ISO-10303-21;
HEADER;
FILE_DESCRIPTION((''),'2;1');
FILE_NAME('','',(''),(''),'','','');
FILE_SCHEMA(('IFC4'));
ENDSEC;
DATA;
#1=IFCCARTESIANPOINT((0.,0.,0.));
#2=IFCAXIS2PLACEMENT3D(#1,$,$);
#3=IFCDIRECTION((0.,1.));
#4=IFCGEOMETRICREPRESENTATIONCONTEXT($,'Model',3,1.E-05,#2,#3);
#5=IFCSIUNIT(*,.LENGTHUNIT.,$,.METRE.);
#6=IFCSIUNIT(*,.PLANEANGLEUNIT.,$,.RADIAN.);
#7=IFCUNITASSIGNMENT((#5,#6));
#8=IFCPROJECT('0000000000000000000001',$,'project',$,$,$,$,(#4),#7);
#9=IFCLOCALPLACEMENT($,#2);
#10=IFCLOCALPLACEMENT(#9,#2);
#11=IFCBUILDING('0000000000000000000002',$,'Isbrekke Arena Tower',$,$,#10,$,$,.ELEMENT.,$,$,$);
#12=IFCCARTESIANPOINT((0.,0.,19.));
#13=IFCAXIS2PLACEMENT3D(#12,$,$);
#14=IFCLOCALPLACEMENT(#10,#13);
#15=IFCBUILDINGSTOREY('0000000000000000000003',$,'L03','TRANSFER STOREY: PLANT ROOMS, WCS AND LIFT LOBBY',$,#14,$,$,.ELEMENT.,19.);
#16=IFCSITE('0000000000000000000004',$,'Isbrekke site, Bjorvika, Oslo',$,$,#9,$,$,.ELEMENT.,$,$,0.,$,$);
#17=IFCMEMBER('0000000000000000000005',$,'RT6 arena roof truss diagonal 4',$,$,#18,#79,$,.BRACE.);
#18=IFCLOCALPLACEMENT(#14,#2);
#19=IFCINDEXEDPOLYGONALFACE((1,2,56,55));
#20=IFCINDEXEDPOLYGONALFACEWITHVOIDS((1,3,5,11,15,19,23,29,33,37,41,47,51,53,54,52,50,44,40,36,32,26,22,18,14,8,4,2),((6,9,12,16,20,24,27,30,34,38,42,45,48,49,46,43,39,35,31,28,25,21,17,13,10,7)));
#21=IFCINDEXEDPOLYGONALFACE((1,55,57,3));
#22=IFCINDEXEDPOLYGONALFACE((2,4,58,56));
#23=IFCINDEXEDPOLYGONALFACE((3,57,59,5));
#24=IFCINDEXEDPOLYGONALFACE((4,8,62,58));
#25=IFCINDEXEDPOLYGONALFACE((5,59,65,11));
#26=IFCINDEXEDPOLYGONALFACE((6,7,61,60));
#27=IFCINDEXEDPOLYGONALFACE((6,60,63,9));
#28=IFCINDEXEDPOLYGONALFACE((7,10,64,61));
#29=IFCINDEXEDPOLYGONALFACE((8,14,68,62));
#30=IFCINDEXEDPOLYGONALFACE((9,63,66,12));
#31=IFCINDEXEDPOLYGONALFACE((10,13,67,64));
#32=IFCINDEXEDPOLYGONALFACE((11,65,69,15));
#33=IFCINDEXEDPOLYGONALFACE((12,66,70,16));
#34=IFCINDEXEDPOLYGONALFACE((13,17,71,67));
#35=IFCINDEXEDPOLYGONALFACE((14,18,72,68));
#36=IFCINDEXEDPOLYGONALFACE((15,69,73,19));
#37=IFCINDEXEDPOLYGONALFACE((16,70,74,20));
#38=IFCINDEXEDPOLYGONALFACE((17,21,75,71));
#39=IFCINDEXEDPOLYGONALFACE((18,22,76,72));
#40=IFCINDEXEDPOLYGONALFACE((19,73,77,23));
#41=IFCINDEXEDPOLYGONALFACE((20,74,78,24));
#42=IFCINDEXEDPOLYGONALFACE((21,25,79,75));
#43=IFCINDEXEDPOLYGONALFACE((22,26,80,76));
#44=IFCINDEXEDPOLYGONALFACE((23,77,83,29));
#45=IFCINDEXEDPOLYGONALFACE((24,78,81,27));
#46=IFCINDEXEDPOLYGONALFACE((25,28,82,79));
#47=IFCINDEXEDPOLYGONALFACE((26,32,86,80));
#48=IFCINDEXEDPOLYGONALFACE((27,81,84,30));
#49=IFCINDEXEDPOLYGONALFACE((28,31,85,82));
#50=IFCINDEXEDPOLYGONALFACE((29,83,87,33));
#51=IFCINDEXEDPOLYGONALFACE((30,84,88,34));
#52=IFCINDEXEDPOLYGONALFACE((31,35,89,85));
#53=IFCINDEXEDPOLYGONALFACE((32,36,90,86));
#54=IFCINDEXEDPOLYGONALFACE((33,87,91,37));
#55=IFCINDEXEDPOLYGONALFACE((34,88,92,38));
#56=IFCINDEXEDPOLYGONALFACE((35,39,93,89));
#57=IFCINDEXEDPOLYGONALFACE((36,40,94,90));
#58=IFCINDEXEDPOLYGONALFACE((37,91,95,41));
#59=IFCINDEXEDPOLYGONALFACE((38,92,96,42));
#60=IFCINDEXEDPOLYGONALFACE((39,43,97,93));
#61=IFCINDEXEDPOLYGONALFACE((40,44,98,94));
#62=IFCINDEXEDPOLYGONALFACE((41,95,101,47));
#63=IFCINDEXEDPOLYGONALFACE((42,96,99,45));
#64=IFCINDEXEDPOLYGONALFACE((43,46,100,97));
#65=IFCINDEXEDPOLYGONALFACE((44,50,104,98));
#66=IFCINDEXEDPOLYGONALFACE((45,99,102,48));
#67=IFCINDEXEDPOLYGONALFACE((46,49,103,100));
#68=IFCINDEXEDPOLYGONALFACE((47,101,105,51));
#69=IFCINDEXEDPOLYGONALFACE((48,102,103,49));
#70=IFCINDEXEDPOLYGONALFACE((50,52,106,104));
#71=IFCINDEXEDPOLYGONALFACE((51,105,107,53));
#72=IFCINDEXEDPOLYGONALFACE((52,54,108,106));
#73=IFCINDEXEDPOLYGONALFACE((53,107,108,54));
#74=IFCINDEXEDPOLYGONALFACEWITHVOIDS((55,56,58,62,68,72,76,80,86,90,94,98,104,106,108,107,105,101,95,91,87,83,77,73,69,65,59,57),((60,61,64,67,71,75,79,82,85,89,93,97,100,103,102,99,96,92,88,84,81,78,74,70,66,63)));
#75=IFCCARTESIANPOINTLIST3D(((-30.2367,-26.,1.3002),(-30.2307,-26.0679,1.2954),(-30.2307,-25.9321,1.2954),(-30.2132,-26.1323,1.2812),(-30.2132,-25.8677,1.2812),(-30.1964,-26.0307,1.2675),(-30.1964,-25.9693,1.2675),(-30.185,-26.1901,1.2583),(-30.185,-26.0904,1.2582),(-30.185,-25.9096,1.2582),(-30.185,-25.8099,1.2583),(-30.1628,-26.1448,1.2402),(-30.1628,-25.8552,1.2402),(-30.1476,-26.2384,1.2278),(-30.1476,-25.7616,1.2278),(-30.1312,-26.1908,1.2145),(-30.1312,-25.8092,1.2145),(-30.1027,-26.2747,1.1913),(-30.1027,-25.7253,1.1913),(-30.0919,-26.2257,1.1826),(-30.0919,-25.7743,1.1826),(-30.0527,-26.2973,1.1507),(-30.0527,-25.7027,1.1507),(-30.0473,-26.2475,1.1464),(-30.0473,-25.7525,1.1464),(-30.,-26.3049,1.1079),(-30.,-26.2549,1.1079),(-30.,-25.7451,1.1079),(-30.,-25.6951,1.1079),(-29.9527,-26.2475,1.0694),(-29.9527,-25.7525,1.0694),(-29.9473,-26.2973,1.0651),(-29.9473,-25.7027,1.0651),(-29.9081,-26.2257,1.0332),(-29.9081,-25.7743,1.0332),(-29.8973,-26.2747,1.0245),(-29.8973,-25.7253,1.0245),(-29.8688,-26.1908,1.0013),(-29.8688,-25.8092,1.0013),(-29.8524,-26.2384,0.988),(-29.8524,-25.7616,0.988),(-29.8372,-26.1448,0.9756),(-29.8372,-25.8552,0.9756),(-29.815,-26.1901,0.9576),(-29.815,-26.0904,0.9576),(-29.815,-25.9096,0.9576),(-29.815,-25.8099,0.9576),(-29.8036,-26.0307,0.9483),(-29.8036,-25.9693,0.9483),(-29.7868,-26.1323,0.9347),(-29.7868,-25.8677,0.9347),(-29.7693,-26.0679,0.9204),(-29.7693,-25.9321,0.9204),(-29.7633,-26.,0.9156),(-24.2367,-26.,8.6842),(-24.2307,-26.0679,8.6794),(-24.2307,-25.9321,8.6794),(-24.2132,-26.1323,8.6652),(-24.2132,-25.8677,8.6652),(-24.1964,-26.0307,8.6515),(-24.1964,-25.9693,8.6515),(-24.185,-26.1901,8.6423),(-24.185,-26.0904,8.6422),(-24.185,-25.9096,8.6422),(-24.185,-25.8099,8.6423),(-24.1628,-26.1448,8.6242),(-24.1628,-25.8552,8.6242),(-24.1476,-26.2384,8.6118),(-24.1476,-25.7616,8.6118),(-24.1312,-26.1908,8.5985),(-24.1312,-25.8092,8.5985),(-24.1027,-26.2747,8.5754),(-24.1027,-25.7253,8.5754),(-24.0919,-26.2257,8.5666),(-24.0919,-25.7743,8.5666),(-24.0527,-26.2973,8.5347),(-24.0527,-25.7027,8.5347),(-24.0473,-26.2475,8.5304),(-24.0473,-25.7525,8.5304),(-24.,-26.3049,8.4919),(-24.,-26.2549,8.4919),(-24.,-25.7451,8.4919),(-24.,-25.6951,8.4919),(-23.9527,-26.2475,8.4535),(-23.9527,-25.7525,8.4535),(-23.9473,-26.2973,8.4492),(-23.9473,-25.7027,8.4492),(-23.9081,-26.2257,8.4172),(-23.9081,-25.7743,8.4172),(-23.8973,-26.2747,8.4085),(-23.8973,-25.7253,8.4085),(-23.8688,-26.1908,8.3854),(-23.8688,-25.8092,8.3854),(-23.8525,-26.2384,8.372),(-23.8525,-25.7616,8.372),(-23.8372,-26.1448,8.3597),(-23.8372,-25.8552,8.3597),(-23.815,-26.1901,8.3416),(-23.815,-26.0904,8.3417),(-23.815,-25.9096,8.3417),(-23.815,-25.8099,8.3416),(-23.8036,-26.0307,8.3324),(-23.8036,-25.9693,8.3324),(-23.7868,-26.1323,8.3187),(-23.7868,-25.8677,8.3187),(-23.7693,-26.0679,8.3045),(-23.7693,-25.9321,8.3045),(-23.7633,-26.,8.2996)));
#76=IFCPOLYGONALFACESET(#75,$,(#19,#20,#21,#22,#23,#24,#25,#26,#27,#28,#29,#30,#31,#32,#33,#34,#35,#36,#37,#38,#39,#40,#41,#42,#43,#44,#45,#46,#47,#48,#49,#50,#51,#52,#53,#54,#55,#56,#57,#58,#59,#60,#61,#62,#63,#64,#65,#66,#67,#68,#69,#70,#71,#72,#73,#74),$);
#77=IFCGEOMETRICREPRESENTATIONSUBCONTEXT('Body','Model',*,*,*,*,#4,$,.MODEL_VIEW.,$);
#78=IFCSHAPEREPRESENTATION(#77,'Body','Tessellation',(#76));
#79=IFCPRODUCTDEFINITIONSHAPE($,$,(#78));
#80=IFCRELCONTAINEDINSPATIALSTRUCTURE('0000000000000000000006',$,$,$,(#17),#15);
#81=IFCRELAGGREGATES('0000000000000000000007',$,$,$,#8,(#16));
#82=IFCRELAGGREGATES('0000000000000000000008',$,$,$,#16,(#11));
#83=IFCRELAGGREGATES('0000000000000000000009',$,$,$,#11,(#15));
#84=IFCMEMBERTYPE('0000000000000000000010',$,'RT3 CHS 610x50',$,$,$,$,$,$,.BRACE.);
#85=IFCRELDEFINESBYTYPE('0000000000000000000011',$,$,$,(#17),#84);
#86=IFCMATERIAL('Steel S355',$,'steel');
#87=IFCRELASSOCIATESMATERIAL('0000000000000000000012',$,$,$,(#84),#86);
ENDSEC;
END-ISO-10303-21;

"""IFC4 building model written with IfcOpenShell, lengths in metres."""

from ifc_helpers import new_model, si_unit, direction, frame, origin, origin_2d, place, context, subcontext, project, spatial, hollow_circle, extrude, material, material_profile, profile_set, type_object, element, save


model = new_model("IFC4")

# Units and contexts
model_context = context("Model", 3, precision=1e-05, world=origin(), true_north=direction((0.0, 1.0)))
body_context = subcontext(model_context, "Body", "Model", "MODEL_VIEW")
ifc_project = project(units=[si_unit("LENGTHUNIT", "METRE"), si_unit("PLANEANGLEUNIT", "RADIAN")], contexts=[model_context])

# Site, building, storey
site_placement = place(None, origin())
site = spatial("IfcSite", under=ifc_project, at=site_placement, Name="Isbrekke site, Bjorvika, Oslo", CompositionType="ELEMENT", RefElevation=0.0)
building_placement = place(site_placement, origin())
building = spatial("IfcBuilding", under=site, at=building_placement, Name="Isbrekke Arena Tower", CompositionType="ELEMENT")
storey_placement = place(building_placement, frame((0.0, 0.0, 19.0)))
storey = spatial("IfcBuildingStorey", under=building, at=storey_placement, Name="L03", Description="TRANSFER STOREY: PLANT ROOMS, WCS AND LIFT LOBBY", CompositionType="ELEMENT", Elevation=19.0)

# Member
ifc_material_1 = material(Name="Steel S355", Category="steel")
ifc_material_profile_1 = material_profile(ifc_material_1, hollow_circle(Radius=0.3049, WallThickness=0.05, at=origin_2d()), Name="CHS 610x50")
ifc_profile_set_1 = profile_set([ifc_material_profile_1], Name="Steel S355")
member_type_1 = type_object("IfcMemberType", Name="RT3 CHS 610x50", PredefinedType="BRACE", material=ifc_profile_set_1)
for number, where, z_axis, x_axis, name in (
    (1, (-30.0, -26.0, 1.1079), (0.630623, 0.0, 0.77609), (0.0, 1.0, 0.0), "RT6 arena roof truss diagonal 4"),
):
    element("IfcMember", number, at=place(storey_placement, frame(where, z_axis=z_axis, x_axis=x_axis)), inside=storey, type_object=member_type_1, Name=name, PredefinedType="BRACE", context=body_context, shape_type="SweptSolid", body=[
        extrude(hollow_circle(Radius=0.3049, WallThickness=0.05, at=origin_2d()), origin(), (0.0, 0.0, 1.0), 9.5144),
    ])

save(model, "model.ifc")
